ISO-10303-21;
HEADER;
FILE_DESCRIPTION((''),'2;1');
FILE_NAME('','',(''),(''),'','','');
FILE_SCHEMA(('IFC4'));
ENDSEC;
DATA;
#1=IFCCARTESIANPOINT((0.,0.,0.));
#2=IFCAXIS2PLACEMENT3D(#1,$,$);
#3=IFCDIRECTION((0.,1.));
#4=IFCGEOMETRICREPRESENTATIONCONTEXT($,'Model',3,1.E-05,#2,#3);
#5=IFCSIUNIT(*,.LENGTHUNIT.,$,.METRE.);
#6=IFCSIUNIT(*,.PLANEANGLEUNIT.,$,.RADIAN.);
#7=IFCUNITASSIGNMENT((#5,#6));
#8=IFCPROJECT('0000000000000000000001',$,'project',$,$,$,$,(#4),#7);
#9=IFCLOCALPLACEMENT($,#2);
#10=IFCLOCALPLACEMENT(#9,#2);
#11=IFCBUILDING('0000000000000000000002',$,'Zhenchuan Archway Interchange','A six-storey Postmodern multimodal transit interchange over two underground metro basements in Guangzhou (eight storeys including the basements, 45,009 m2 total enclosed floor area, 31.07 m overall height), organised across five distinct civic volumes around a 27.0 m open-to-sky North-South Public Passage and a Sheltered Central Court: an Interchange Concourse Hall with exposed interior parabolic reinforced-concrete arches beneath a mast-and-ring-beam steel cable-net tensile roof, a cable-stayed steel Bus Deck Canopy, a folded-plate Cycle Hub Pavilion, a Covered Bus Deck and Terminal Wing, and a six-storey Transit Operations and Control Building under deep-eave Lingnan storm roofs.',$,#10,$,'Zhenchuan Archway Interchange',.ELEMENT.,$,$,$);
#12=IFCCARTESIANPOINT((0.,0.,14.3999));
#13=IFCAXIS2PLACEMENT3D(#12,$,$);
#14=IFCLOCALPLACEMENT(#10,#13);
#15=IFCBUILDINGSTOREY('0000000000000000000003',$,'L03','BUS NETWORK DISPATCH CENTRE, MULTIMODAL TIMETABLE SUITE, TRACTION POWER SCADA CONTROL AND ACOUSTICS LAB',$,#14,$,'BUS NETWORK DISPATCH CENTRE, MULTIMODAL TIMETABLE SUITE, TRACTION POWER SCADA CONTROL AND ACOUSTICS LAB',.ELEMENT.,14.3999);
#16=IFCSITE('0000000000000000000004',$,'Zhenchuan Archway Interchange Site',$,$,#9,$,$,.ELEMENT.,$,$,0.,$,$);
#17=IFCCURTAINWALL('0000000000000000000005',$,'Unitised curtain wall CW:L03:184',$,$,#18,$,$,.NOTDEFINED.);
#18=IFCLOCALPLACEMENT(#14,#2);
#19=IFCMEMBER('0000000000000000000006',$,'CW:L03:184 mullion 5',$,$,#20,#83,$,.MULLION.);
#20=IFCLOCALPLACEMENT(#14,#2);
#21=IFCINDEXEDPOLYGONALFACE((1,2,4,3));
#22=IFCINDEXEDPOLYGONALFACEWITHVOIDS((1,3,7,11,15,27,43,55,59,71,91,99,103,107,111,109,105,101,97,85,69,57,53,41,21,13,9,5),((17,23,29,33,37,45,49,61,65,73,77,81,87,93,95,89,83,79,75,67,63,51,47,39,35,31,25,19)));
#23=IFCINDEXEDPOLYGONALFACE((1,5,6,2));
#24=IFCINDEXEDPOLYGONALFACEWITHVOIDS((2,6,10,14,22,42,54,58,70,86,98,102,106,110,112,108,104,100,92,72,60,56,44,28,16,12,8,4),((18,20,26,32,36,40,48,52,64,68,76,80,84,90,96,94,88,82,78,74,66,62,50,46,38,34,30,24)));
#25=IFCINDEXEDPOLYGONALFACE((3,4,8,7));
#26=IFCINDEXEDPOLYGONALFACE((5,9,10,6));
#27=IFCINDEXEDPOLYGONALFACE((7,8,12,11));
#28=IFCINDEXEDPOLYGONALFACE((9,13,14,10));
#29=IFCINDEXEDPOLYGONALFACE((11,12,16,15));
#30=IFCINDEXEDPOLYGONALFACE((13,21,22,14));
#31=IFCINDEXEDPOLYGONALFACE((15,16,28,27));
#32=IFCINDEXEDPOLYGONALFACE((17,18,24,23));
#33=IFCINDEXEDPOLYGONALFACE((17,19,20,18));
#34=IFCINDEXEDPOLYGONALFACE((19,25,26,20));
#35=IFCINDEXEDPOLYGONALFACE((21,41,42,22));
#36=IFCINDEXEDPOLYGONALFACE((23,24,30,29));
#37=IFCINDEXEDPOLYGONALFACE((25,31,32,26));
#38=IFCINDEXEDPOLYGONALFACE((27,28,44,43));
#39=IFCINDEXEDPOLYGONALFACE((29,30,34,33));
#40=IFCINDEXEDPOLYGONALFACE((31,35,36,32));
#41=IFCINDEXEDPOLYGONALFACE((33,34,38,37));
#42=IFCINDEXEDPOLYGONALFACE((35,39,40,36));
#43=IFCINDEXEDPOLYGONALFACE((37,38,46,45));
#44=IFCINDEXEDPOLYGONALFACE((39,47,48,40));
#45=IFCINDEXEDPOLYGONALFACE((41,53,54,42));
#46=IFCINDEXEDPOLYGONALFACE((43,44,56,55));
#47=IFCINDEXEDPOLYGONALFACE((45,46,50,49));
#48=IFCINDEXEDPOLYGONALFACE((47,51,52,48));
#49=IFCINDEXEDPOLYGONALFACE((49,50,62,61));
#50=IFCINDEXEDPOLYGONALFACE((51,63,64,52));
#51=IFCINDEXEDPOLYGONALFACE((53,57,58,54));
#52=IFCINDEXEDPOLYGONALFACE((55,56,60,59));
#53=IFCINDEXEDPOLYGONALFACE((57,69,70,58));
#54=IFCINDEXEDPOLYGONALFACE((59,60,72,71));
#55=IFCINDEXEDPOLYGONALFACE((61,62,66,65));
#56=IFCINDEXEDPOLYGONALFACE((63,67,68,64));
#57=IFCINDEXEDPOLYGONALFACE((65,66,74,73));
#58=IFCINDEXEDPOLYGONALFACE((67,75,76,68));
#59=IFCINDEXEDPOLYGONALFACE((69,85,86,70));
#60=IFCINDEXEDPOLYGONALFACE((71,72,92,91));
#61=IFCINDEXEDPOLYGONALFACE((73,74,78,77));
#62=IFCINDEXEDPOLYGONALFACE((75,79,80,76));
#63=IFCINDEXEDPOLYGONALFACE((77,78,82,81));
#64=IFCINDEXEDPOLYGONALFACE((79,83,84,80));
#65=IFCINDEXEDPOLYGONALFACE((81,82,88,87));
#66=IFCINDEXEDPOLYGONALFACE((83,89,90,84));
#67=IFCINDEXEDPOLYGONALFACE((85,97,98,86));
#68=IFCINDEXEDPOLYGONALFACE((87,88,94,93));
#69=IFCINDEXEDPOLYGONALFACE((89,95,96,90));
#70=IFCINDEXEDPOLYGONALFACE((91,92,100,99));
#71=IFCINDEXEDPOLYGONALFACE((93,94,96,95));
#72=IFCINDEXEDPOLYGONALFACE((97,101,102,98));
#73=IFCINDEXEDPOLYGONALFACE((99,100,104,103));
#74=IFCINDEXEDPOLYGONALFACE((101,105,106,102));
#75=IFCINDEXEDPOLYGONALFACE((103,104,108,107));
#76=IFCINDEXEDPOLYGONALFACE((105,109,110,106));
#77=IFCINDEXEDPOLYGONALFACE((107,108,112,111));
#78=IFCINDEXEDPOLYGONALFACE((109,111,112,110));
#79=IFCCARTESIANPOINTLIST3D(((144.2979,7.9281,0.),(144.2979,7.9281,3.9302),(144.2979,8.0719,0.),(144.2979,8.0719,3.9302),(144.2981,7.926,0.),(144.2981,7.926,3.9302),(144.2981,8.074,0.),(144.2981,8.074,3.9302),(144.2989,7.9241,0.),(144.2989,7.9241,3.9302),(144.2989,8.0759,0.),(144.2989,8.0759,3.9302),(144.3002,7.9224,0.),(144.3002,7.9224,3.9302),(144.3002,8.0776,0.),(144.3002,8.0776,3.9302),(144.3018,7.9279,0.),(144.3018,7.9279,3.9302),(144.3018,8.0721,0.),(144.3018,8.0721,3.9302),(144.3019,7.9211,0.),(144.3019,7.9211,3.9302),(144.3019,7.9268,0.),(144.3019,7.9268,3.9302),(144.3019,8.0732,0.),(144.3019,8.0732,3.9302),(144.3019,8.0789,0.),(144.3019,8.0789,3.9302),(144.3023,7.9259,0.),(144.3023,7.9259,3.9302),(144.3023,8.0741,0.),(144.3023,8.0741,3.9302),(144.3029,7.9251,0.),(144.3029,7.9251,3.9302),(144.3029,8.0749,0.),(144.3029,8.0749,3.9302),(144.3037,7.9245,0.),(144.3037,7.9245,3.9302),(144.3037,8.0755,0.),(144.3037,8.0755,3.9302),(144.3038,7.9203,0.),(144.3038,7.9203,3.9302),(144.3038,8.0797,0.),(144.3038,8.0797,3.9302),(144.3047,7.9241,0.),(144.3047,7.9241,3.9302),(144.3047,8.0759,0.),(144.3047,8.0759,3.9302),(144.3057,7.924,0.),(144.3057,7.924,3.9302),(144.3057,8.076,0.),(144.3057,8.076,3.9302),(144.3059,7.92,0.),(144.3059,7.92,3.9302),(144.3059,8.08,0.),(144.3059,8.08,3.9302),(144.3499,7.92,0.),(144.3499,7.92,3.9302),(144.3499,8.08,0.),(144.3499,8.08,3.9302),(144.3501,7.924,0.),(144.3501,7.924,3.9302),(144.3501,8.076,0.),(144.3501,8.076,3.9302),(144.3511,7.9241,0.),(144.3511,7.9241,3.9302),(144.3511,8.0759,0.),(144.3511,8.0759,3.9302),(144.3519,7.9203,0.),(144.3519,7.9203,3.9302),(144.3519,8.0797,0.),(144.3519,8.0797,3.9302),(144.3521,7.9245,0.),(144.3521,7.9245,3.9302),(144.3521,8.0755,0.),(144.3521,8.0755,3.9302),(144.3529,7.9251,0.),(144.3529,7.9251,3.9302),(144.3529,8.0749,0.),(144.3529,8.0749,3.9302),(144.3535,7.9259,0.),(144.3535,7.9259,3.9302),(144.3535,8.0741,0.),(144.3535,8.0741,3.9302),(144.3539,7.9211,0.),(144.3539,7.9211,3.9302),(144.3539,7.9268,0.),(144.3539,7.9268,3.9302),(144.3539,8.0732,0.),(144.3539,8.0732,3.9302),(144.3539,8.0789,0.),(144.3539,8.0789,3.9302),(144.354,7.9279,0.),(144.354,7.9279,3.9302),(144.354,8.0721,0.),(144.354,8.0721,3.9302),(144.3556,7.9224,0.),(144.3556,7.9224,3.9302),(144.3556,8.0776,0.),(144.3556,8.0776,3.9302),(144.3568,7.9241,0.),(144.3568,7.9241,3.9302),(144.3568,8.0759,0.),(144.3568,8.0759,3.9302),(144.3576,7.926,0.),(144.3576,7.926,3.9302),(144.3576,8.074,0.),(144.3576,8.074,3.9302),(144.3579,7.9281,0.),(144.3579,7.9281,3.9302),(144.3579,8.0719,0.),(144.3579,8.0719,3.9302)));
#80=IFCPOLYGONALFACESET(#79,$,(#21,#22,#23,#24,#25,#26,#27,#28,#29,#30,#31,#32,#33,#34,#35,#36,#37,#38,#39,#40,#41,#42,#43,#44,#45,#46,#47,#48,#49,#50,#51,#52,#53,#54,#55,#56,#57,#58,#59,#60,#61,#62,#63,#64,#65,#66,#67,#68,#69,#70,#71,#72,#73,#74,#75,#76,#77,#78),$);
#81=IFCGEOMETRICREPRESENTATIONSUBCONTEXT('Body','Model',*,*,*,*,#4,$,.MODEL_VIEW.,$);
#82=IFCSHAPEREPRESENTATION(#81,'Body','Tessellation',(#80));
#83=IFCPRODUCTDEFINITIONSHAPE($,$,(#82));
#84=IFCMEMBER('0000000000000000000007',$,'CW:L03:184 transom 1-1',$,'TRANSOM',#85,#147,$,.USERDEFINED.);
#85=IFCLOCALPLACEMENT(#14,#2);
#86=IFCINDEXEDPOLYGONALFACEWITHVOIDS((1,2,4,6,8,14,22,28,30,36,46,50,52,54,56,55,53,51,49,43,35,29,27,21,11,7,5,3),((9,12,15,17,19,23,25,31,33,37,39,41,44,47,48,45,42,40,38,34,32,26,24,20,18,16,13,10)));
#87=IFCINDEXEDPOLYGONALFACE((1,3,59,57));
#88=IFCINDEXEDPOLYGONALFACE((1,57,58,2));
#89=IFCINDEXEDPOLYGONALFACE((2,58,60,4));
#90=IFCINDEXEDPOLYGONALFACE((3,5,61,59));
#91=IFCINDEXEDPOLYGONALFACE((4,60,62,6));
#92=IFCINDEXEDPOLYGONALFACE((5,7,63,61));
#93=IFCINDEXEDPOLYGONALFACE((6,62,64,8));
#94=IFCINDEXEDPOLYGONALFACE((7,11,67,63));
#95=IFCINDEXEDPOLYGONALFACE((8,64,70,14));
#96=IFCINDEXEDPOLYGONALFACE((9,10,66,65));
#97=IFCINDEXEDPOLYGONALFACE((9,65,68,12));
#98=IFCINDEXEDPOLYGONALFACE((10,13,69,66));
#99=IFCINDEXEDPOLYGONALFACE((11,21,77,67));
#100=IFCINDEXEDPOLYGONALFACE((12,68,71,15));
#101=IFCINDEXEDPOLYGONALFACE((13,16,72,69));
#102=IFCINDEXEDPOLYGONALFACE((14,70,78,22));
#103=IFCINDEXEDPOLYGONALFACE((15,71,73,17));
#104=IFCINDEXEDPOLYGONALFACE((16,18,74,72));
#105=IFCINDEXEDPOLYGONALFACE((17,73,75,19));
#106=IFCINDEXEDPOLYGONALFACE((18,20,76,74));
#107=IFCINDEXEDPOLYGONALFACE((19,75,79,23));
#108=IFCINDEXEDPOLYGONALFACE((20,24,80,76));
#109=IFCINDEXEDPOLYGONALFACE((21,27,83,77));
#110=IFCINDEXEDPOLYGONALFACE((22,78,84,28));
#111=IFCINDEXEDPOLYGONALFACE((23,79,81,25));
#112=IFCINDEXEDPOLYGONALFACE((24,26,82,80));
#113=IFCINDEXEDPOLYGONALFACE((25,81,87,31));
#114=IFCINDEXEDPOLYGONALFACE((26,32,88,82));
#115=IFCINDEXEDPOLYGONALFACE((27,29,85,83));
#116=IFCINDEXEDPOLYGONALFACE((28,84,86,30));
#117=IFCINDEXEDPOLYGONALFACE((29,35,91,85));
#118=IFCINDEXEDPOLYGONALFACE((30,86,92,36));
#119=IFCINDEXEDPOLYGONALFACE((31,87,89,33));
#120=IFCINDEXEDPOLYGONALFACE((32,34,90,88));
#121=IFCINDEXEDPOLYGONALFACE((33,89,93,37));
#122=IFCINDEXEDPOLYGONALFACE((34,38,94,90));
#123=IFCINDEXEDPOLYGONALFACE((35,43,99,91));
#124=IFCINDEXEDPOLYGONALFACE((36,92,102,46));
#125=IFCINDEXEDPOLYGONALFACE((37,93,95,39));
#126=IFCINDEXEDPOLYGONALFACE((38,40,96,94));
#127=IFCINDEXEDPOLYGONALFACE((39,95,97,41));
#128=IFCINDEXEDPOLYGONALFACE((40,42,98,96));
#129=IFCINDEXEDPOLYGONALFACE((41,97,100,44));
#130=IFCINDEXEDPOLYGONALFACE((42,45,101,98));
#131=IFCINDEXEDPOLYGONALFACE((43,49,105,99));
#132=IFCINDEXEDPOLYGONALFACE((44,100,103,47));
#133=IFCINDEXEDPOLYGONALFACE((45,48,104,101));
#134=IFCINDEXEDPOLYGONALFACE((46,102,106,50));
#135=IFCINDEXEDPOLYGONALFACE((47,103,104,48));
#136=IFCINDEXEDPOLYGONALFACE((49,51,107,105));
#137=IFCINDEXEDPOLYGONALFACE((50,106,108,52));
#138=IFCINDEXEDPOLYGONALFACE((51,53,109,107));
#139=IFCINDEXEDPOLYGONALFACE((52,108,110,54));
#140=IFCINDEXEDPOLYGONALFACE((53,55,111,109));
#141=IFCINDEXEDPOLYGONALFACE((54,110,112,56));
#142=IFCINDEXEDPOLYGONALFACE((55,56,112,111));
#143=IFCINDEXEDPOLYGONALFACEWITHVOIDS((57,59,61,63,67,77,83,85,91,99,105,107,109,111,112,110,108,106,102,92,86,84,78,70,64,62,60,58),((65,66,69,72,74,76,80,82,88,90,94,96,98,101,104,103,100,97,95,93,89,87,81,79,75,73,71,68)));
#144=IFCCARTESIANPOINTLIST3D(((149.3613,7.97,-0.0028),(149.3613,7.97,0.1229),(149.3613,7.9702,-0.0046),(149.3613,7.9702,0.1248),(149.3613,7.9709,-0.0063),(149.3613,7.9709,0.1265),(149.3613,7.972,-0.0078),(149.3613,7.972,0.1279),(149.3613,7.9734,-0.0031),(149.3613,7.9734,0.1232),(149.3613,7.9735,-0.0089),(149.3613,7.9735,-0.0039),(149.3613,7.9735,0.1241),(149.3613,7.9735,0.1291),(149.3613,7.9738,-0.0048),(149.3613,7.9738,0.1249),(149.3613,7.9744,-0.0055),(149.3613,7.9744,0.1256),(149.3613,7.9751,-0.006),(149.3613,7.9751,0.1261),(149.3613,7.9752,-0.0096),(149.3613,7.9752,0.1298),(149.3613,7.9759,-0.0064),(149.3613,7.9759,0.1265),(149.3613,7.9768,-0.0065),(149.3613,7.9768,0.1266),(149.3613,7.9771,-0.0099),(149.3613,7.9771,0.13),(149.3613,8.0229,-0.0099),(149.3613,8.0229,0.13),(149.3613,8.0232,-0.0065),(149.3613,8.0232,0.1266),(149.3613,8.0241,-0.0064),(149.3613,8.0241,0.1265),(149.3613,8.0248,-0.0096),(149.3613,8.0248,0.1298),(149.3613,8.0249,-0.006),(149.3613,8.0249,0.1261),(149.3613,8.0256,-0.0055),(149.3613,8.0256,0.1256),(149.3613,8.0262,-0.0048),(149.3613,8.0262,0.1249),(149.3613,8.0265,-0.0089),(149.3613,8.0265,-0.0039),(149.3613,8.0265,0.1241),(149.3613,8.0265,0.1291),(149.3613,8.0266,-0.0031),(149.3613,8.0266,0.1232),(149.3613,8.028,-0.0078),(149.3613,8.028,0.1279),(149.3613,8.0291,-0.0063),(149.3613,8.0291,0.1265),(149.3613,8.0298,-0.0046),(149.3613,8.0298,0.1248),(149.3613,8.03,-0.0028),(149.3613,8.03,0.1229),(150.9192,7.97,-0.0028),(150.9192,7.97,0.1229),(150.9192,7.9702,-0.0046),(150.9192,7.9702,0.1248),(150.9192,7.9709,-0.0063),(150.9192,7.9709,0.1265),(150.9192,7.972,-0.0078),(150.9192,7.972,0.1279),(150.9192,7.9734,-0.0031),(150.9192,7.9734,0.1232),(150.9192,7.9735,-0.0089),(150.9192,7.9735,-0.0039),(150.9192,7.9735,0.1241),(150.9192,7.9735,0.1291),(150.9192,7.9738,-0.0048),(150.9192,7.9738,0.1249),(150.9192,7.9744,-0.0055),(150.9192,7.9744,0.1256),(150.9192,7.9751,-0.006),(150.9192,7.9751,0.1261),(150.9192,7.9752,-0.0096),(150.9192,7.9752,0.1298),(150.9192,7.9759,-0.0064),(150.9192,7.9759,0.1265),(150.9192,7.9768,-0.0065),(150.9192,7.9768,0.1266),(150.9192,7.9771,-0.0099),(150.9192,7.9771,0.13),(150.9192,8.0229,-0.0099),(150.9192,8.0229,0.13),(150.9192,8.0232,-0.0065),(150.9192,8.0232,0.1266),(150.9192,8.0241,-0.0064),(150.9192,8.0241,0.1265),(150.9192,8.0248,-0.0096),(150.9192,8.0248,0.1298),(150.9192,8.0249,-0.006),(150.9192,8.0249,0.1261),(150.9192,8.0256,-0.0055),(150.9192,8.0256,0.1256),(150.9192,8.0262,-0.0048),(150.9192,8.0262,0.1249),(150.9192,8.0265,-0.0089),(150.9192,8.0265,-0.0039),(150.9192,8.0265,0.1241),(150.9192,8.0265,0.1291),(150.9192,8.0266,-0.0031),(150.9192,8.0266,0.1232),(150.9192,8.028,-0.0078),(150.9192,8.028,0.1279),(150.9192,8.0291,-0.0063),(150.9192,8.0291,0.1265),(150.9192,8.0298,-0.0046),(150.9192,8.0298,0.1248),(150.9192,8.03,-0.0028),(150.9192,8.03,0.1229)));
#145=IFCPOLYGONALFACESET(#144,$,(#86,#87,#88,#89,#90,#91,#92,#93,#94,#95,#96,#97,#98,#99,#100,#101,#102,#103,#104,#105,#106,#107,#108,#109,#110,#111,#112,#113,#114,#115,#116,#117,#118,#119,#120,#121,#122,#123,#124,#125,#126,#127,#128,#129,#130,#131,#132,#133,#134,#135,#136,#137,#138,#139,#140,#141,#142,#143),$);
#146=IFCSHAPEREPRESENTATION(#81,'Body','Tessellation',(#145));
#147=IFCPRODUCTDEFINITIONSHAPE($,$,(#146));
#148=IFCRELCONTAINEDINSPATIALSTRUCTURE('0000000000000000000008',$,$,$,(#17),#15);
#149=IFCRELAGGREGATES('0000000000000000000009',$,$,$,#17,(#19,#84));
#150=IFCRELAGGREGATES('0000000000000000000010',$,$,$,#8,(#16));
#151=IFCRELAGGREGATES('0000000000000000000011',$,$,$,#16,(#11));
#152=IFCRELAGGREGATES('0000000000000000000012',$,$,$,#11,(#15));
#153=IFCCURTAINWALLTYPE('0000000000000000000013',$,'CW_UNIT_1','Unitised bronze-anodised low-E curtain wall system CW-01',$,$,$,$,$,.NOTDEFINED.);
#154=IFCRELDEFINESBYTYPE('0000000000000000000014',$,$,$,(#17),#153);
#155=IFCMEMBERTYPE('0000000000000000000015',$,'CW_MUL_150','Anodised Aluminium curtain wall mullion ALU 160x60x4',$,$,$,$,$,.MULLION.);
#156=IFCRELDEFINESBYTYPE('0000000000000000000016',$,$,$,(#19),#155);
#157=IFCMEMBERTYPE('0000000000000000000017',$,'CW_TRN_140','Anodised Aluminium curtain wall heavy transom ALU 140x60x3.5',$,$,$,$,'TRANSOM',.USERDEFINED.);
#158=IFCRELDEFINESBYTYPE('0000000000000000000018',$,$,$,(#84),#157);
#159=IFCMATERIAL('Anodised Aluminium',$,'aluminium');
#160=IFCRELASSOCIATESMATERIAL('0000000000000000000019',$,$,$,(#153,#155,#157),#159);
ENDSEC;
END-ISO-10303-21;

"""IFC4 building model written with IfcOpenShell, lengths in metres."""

from ifc_helpers import new_model, si_unit, direction, frame, origin, origin_2d, place, context, subcontext, project, spatial, hollow_rectangle, extrude, material, material_profile, profile_set, type_object, element, aggregate, save


model = new_model("IFC4")

# Units and contexts
model_context = context("Model", 3, precision=1e-05, world=origin(), true_north=direction((0.0, 1.0)))
body_context = subcontext(model_context, "Body", "Model", "MODEL_VIEW")
ifc_project = project(units=[si_unit("LENGTHUNIT", "METRE"), si_unit("PLANEANGLEUNIT", "RADIAN")], contexts=[model_context])

# Site, building, storey
site_placement = place(None, origin())
site = spatial("IfcSite", under=ifc_project, at=site_placement, Name="Zhenchuan Archway Interchange Site", CompositionType="ELEMENT", RefElevation=0.0)
building_placement = place(site_placement, origin())
building = spatial("IfcBuilding", under=site, at=building_placement, Name="Zhenchuan Archway Interchange", Description="A six-storey Postmodern multimodal transit interchange over two underground metro basements in Guangzhou (eight storeys including the basements, 45,009 m2 total enclosed floor area, 31.07 m overall height), organised across five distinct civic volumes around a 27.0 m open-to-sky North-South Public Passage and a Sheltered Central Court: an Interchange Concourse Hall with exposed interior parabolic reinforced-concrete arches beneath a mast-and-ring-beam steel cable-net tensile roof, a cable-stayed steel Bus Deck Canopy, a folded-plate Cycle Hub Pavilion, a Covered Bus Deck and Terminal Wing, and a six-storey Transit Operations and Control Building under deep-eave Lingnan storm roofs.", LongName="Zhenchuan Archway Interchange", CompositionType="ELEMENT")
storey_placement = place(building_placement, frame((0.0, 0.0, 14.3999)))
storey = spatial("IfcBuildingStorey", under=building, at=storey_placement, Name="L03", Description="BUS NETWORK DISPATCH CENTRE, MULTIMODAL TIMETABLE SUITE, TRACTION POWER SCADA CONTROL AND ACOUSTICS LAB", LongName="BUS NETWORK DISPATCH CENTRE, MULTIMODAL TIMETABLE SUITE, TRACTION POWER SCADA CONTROL AND ACOUSTICS LAB", CompositionType="ELEMENT", Elevation=14.3999)

# Curtain wall, members
ifc_material_1 = material(Name="Anodised Aluminium", Category="aluminium")
curtain_wall_type = type_object("IfcCurtainWallType", Name="CW_UNIT_1", Description="Unitised bronze-anodised low-E curtain wall system CW-01", PredefinedType="NOTDEFINED", material=ifc_material_1)
curtain_wall_placement = place(storey_placement, origin())
curtain_wall = element("IfcCurtainWall", 1, at=curtain_wall_placement, inside=storey, type_object=curtain_wall_type, Name="Unitised curtain wall CW:L03:184", PredefinedType="NOTDEFINED")
ifc_material_profile_1 = material_profile(ifc_material_1, hollow_rectangle(XDim=0.0601, YDim=0.1599, WallThickness=0.0039, InnerFilletRadius=0.0039, OuterFilletRadius=0.0081, at=origin_2d()), Name="ALU 160x60x4")
ifc_profile_set_1 = profile_set([ifc_material_profile_1], Name="Anodised Aluminium")
member_type_1 = type_object("IfcMemberType", Name="CW_MUL_150", Description="Anodised Aluminium curtain wall mullion ALU 160x60x4", PredefinedType="MULLION", material=ifc_profile_set_1)
member_1_placement = place(storey_placement, frame((144.3279, 8.0, 0.0), z_axis=(0.0, 0.0, 1.0), x_axis=(1.0, 0.0, 0.0)))
member_1 = element("IfcMember", 2, at=member_1_placement, type_object=member_type_1, Name="CW:L03:184 mullion 5", PredefinedType="MULLION", context=body_context, shape_type="SweptSolid", body=[
    extrude(hollow_rectangle(XDim=0.0601, YDim=0.1599, WallThickness=0.0039, InnerFilletRadius=0.0039, OuterFilletRadius=0.0081, at=origin_2d()), origin(), (0.0, 0.0, 1.0), 3.9302),
])
ifc_material_profile_2 = material_profile(ifc_material_1, hollow_rectangle(XDim=0.0601, YDim=0.1399, WallThickness=0.0034, InnerFilletRadius=0.0034, OuterFilletRadius=0.0071, at=origin_2d()), Name="ALU 140x60x3.5")
ifc_profile_set_2 = profile_set([ifc_material_profile_2], Name="Anodised Aluminium")
member_type_2 = type_object("IfcMemberType", Name="CW_TRN_140", Description="Anodised Aluminium curtain wall heavy transom ALU 140x60x3.5", ElementType="TRANSOM", PredefinedType="USERDEFINED", material=ifc_profile_set_2)
member_2_placement = place(storey_placement, frame((150.9192, 8.0, 0.0601), z_axis=(-1.0, 0.0, 0.0), x_axis=(0.0, -1.0, 0.0)))
member_2 = element("IfcMember", 3, at=member_2_placement, type_object=member_type_2, Name="CW:L03:184 transom 1-1", ObjectType="TRANSOM", PredefinedType="USERDEFINED", context=body_context, shape_type="SweptSolid", body=[
    extrude(hollow_rectangle(XDim=0.0601, YDim=0.1399, WallThickness=0.0034, InnerFilletRadius=0.0034, OuterFilletRadius=0.0071, at=origin_2d()), origin(), (0.0, 0.0, 1.0), 1.5579),
])

aggregate(curtain_wall, [member_1, member_2])

save(model, "model.ifc")
